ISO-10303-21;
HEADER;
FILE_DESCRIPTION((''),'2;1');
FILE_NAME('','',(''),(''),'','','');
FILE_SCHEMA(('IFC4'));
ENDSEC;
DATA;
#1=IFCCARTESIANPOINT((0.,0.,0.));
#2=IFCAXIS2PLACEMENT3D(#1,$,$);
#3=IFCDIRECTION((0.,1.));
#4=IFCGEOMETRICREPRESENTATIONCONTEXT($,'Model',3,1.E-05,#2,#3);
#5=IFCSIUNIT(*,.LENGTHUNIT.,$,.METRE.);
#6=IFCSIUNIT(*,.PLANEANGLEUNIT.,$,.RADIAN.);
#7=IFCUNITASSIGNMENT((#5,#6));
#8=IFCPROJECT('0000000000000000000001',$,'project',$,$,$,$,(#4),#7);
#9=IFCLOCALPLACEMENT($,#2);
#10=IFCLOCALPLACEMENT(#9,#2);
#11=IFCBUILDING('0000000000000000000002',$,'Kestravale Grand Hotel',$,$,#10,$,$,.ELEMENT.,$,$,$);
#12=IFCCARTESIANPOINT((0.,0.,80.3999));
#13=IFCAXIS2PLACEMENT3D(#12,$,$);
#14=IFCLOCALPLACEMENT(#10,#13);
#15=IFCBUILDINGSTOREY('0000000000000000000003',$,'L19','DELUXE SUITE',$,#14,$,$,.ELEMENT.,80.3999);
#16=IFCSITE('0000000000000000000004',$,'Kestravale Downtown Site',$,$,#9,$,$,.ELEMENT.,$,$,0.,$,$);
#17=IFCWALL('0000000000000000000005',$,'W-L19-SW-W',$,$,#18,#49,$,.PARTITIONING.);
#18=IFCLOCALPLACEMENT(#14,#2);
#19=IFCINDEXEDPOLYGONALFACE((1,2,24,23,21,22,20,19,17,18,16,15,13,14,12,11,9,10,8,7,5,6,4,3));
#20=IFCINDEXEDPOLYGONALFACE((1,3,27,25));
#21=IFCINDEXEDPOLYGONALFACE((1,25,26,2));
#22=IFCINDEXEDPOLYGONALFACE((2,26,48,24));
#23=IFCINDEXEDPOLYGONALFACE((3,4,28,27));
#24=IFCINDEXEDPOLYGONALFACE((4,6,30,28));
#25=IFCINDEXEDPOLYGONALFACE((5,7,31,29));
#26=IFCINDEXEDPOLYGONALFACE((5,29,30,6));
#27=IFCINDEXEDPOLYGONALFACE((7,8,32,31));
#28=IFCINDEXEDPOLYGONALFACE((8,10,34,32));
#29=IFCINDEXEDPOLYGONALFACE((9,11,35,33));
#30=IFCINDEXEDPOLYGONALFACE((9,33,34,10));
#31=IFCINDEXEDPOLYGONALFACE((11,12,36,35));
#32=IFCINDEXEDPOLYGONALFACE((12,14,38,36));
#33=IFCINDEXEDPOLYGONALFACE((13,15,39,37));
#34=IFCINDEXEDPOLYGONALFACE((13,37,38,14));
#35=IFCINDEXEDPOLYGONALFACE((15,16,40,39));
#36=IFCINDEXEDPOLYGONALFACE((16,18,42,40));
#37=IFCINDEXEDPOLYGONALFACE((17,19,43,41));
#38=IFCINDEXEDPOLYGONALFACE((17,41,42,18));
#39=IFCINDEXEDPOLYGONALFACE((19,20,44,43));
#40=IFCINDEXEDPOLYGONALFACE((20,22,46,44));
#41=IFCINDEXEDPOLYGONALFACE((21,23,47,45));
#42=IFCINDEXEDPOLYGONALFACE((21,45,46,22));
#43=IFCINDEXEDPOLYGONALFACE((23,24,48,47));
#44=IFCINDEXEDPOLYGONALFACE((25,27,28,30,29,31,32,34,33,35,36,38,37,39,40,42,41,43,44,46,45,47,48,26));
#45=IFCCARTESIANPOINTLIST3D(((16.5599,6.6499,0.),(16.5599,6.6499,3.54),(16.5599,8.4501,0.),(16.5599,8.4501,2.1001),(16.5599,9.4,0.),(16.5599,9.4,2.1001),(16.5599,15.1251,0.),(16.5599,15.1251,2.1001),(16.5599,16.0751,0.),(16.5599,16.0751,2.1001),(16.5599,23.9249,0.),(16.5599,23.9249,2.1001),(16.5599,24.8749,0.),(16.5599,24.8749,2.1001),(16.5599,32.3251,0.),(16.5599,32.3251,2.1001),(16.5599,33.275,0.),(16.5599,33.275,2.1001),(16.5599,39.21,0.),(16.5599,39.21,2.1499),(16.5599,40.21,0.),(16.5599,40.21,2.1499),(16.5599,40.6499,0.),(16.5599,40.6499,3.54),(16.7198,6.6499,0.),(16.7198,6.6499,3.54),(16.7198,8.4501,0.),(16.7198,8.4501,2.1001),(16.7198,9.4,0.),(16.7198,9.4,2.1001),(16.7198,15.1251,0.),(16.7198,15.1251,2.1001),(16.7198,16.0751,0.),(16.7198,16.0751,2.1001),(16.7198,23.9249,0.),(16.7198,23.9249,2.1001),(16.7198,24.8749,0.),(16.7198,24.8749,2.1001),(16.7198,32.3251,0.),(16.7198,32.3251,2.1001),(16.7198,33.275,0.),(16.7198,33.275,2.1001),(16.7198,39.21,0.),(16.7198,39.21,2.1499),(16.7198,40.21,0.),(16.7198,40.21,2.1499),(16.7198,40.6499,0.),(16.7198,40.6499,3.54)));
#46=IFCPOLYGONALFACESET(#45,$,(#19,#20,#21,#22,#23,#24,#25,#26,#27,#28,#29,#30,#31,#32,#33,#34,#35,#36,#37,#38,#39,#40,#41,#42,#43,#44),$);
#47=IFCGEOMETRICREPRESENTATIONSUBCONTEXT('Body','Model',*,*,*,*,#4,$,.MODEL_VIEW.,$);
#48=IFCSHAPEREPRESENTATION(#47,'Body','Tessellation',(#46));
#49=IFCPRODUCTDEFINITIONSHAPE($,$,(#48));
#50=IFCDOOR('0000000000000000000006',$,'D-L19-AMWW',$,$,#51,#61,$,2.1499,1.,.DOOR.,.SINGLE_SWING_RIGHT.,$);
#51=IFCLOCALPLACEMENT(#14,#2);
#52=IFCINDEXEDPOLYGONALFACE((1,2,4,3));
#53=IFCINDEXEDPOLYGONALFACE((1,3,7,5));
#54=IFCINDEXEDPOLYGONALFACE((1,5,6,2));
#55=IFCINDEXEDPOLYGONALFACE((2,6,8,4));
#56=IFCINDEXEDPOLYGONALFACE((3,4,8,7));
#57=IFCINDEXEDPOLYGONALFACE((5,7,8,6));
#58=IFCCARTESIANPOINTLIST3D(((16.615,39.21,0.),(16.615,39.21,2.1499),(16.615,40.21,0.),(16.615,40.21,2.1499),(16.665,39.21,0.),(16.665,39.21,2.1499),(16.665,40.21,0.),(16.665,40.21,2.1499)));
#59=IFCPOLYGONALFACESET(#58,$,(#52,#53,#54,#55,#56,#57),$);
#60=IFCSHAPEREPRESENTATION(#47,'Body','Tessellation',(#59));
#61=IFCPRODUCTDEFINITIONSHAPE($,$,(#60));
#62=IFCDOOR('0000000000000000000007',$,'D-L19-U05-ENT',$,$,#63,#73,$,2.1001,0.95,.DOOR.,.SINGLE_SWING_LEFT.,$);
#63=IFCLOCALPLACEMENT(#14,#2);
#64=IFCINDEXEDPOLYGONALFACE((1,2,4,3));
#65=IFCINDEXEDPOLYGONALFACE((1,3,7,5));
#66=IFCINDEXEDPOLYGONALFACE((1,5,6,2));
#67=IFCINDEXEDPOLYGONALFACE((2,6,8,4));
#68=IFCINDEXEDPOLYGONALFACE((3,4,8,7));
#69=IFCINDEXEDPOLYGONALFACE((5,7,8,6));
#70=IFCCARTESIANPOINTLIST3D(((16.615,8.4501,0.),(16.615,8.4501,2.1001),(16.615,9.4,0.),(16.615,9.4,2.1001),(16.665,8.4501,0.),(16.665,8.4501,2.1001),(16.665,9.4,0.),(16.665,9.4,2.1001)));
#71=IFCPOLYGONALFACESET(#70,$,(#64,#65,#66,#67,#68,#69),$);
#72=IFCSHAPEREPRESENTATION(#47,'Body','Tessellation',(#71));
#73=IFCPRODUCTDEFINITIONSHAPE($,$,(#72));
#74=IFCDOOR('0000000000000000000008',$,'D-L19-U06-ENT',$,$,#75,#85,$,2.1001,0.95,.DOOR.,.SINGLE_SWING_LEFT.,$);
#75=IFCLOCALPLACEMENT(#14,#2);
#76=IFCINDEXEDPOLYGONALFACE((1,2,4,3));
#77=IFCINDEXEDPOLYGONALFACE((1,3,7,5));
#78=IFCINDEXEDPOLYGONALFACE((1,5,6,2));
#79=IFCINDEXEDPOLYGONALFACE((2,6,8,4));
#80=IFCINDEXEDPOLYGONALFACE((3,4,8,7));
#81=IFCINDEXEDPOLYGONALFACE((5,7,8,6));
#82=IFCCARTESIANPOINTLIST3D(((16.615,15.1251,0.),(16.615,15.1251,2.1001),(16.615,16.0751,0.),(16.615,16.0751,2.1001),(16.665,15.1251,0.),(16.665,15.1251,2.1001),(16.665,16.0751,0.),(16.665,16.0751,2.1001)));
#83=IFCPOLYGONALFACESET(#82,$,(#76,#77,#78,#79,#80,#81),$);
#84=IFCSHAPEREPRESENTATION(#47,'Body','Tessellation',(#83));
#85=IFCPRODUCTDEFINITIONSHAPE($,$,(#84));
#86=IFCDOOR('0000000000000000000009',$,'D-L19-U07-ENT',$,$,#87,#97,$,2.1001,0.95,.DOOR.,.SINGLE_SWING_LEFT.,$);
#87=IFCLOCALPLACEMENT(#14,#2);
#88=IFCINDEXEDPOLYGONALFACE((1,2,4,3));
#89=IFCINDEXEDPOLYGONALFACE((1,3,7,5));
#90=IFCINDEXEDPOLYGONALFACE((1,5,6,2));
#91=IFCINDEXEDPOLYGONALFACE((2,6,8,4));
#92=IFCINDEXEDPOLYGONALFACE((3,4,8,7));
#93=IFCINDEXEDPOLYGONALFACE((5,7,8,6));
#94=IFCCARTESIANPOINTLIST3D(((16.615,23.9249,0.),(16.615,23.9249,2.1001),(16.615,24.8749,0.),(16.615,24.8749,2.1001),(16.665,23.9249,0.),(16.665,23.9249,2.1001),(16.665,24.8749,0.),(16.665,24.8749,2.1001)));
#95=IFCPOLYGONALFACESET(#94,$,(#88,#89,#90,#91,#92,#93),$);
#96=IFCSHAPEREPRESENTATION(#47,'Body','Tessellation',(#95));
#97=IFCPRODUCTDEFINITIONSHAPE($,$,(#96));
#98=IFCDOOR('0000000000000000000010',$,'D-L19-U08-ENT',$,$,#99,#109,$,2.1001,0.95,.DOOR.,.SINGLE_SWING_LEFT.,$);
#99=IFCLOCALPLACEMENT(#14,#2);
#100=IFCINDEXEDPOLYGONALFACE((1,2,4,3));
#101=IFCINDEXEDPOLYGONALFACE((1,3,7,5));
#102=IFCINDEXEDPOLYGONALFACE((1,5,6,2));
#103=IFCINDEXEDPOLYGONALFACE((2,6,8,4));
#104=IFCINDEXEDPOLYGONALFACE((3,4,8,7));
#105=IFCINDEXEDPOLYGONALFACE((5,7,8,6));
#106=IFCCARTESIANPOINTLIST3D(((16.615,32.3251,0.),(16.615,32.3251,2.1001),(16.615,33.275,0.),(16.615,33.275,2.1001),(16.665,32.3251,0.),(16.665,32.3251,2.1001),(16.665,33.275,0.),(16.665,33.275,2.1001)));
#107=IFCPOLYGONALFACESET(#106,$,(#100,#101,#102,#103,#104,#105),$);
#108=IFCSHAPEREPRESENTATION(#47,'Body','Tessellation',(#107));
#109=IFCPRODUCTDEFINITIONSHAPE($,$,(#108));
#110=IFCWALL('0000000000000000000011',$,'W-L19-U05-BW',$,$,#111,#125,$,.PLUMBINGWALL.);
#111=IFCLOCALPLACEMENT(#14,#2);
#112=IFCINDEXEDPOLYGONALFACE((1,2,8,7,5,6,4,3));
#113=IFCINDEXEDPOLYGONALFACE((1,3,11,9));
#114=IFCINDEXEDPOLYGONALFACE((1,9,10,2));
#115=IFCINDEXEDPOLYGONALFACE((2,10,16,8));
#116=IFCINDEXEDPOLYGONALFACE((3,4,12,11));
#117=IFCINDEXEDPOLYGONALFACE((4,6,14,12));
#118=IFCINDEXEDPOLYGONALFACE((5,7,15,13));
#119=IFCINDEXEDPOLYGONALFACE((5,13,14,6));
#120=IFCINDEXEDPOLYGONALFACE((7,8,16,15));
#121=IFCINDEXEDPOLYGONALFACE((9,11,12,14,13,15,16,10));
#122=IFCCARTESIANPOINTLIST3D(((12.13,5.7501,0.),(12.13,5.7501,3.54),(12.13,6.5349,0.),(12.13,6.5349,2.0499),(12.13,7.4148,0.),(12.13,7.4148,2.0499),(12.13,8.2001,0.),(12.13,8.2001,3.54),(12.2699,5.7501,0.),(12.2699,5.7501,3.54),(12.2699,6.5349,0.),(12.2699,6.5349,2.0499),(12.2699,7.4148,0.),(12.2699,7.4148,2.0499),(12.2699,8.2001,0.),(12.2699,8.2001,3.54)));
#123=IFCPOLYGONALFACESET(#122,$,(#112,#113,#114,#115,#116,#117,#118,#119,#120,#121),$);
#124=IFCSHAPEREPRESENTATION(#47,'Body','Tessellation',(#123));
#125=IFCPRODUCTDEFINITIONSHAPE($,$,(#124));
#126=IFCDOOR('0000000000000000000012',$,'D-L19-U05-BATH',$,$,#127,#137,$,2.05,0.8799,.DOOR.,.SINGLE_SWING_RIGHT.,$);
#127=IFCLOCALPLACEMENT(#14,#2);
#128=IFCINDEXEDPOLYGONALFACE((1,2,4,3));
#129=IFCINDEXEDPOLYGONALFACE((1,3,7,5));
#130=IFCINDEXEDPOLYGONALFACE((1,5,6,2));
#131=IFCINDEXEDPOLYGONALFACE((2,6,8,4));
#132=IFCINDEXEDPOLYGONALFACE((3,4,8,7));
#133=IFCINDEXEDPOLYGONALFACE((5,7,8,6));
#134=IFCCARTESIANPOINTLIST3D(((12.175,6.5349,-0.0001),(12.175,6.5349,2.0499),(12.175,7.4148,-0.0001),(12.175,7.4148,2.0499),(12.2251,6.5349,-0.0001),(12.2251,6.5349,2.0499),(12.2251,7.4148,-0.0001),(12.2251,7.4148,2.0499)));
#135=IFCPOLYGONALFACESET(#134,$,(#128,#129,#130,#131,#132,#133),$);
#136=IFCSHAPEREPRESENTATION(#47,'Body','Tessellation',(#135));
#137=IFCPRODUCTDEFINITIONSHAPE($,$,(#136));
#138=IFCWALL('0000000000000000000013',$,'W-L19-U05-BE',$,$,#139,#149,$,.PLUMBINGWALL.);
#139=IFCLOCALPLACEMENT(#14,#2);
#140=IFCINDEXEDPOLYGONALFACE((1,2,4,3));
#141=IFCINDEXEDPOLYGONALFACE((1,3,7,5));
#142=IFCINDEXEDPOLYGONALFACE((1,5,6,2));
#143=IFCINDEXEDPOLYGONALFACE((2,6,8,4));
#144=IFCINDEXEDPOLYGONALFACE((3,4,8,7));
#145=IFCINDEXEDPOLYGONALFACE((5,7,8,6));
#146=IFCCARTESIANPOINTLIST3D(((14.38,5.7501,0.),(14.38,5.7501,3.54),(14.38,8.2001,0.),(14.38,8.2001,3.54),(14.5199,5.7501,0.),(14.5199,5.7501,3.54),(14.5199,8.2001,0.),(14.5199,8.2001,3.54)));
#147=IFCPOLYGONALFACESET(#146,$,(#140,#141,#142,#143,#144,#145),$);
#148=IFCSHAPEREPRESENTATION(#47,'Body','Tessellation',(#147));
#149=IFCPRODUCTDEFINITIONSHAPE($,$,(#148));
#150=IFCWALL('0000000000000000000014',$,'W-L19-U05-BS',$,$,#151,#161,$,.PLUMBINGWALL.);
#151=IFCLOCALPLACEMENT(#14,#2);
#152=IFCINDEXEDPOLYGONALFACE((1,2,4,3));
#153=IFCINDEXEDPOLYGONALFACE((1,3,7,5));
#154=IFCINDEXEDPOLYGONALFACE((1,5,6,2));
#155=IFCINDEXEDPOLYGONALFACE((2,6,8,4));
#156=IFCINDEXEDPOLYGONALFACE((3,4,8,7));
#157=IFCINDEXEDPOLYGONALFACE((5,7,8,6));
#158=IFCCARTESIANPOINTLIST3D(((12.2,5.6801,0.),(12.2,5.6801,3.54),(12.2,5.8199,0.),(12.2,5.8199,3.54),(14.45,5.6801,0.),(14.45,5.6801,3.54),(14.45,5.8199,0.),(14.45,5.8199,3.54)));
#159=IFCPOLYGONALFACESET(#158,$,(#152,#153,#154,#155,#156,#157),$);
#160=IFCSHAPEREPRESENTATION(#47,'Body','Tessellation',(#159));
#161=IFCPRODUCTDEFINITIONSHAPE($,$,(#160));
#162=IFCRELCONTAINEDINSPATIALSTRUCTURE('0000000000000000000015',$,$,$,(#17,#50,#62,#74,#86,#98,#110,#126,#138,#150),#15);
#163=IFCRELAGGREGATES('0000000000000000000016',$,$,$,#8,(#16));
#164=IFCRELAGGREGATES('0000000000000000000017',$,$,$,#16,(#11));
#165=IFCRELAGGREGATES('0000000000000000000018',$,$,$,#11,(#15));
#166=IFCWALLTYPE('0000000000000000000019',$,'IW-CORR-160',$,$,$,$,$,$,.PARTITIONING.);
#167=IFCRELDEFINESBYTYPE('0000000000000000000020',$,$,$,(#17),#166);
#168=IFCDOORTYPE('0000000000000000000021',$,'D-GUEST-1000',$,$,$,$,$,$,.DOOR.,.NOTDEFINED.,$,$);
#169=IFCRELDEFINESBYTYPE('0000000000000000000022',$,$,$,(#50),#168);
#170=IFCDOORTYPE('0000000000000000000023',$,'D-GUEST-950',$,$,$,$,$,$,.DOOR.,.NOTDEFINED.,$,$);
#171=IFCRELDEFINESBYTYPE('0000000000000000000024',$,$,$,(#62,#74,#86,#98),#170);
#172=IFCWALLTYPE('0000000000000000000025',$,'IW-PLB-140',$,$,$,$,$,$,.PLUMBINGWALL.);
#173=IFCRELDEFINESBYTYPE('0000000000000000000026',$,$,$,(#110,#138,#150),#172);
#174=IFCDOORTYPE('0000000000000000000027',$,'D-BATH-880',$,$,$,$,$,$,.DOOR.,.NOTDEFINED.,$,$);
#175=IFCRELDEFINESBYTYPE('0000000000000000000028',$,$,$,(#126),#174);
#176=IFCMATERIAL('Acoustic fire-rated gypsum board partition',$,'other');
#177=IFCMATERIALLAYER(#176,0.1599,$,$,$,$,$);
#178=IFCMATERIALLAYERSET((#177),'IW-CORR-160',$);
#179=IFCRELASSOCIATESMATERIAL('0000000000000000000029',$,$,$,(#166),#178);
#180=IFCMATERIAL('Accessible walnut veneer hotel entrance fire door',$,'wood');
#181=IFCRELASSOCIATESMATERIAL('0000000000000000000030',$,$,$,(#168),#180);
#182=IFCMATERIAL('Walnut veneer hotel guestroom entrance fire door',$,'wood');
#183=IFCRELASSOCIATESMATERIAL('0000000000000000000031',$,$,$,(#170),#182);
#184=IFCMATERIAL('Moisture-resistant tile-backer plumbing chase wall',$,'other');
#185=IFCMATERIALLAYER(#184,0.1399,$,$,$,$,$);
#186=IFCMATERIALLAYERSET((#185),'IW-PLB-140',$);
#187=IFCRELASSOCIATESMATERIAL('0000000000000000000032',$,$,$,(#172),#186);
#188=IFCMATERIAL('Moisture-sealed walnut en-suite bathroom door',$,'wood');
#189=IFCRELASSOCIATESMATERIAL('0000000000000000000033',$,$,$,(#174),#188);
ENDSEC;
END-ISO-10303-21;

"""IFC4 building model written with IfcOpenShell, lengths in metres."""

from ifc_helpers import new_model, si_unit, direction, frame, frame_2d, origin, place, context, subcontext, project, spatial, rectangle, extrude, material, layer, layer_set, type_object, element, fill, save


model = new_model("IFC4")

# Units and contexts
model_context = context("Model", 3, precision=1e-05, world=origin(), true_north=direction((0.0, 1.0)))
body_context = subcontext(model_context, "Body", "Model", "MODEL_VIEW")
ifc_project = project(units=[si_unit("LENGTHUNIT", "METRE"), si_unit("PLANEANGLEUNIT", "RADIAN")], contexts=[model_context])

# Site, building, storey
site_placement = place(None, origin())
site = spatial("IfcSite", under=ifc_project, at=site_placement, Name="Kestravale Downtown Site", CompositionType="ELEMENT", RefElevation=0.0)
building_placement = place(site_placement, origin())
building = spatial("IfcBuilding", under=site, at=building_placement, Name="Kestravale Grand Hotel", CompositionType="ELEMENT")
storey_placement = place(building_placement, frame((0.0, 0.0, 80.3999)))
storey = spatial("IfcBuildingStorey", under=building, at=storey_placement, Name="L19", Description="DELUXE SUITE", CompositionType="ELEMENT", Elevation=80.3999)

# Wall, openings, doors
ifc_material_1 = material(Name="Acoustic fire-rated gypsum board partition", Category="other")
ifc_layer_1 = layer(ifc_material_1, 0.1599)
ifc_layer_set_1 = layer_set([ifc_layer_1], Name="IW-CORR-160")
wall_type_1 = type_object("IfcWallType", Name="IW-CORR-160", PredefinedType="PARTITIONING", material=ifc_layer_set_1)
wall_1_placement = place(storey_placement, frame((16.6399, 6.6499, 0.0), z_axis=(0.0, 0.0, 1.0), x_axis=(0.0, 1.0, 0.0)))
wall_1 = element("IfcWall", 1, at=wall_1_placement, inside=storey, type_object=wall_type_1, Name="W-L19-SW-W", PredefinedType="PARTITIONING", context=body_context, shape_type="SweptSolid", body=[
    extrude(rectangle(XDim=34.0, YDim=0.1599, at=frame_2d((17.0, 0.0))), origin(), (0.0, 0.0, 1.0), 3.54),
])
opening_1_placement = place(wall_1_placement, frame((1.8, 0.0, 0.0)))
opening_1 = element("IfcOpeningElement", 2, at=opening_1_placement, cuts=wall_1, PredefinedType="OPENING", context=body_context, shape_type="SweptSolid", body=[
    extrude(rectangle(XDim=0.95, YDim=2.1001, at=frame_2d((0.4751, 1.05))), frame((0.0, 0.0898, 0.0), z_axis=(0.0, -1.0, 0.0), x_axis=(1.0, 0.0, 0.0)), (0.0, 0.0, 1.0), 0.1799),
])
opening_2_placement = place(wall_1_placement, frame((8.4751, 0.0, 0.0)))
opening_2 = element("IfcOpeningElement", 3, at=opening_2_placement, cuts=wall_1, PredefinedType="OPENING", context=body_context, shape_type="SweptSolid", body=[
    extrude(rectangle(XDim=0.95, YDim=2.1001, at=frame_2d((0.4751, 1.05))), frame((0.0, 0.0898, 0.0), z_axis=(0.0, -1.0, 0.0), x_axis=(1.0, 0.0, 0.0)), (0.0, 0.0, 1.0), 0.1799),
])
opening_3_placement = place(wall_1_placement, frame((17.2749, 0.0, 0.0)))
opening_3 = element("IfcOpeningElement", 4, at=opening_3_placement, cuts=wall_1, PredefinedType="OPENING", context=body_context, shape_type="SweptSolid", body=[
    extrude(rectangle(XDim=0.95, YDim=2.1001, at=frame_2d((0.4751, 1.05))), frame((0.0, 0.0898, 0.0), z_axis=(0.0, -1.0, 0.0), x_axis=(1.0, 0.0, 0.0)), (0.0, 0.0, 1.0), 0.1799),
])
opening_4_placement = place(wall_1_placement, frame((25.675, 0.0, 0.0)))
opening_4 = element("IfcOpeningElement", 5, at=opening_4_placement, cuts=wall_1, PredefinedType="OPENING", context=body_context, shape_type="SweptSolid", body=[
    extrude(rectangle(XDim=0.95, YDim=2.1001, at=frame_2d((0.4751, 1.05))), frame((0.0, 0.0898, 0.0), z_axis=(0.0, -1.0, 0.0), x_axis=(1.0, 0.0, 0.0)), (0.0, 0.0, 1.0), 0.1799),
])
opening_5_placement = place(wall_1_placement, frame((32.5601, 0.0, 0.0)))
opening_5 = element("IfcOpeningElement", 6, at=opening_5_placement, cuts=wall_1, PredefinedType="OPENING", context=body_context, shape_type="SweptSolid", body=[
    extrude(rectangle(XDim=1.0, YDim=2.1499, at=frame_2d((0.5, 1.075))), frame((0.0, 0.0898, 0.0), z_axis=(0.0, -1.0, 0.0), x_axis=(1.0, 0.0, 0.0)), (0.0, 0.0, 1.0), 0.1799),
])
ifc_material_2 = material(Name="Accessible walnut veneer hotel entrance fire door", Category="wood")
door_type_1 = type_object("IfcDoorType", Name="D-GUEST-1000", OperationType="NOTDEFINED", PredefinedType="DOOR", material=ifc_material_2)
door_1_placement = place(opening_5_placement, origin())
door_1 = element("IfcDoor", 7, at=door_1_placement, inside=storey, type_object=door_type_1, Name="D-L19-AMWW", OperationType="SINGLE_SWING_RIGHT", OverallHeight=2.1499, OverallWidth=1.0, PredefinedType="DOOR", context=body_context, shape_type="SweptSolid", body=[
    extrude(rectangle(XDim=1.0, YDim=2.1499, at=frame_2d((0.5, 1.075))), frame((0.0, 0.0249, 0.0), z_axis=(0.0, -1.0, 0.0), x_axis=(1.0, 0.0, 0.0)), (0.0, 0.0, 1.0), 0.05),
])
fill(opening_5, door_1)
ifc_material_3 = material(Name="Walnut veneer hotel guestroom entrance fire door", Category="wood")
door_type_2 = type_object("IfcDoorType", Name="D-GUEST-950", OperationType="NOTDEFINED", PredefinedType="DOOR", material=ifc_material_3)
door_2_placement = place(opening_1_placement, origin())
door_2 = element("IfcDoor", 8, at=door_2_placement, inside=storey, type_object=door_type_2, Name="D-L19-U05-ENT", OperationType="SINGLE_SWING_LEFT", OverallHeight=2.1001, OverallWidth=0.95, PredefinedType="DOOR", context=body_context, shape_type="SweptSolid", body=[
    extrude(rectangle(XDim=0.95, YDim=2.1001, at=frame_2d((0.4751, 1.05))), frame((0.0, 0.0249, 0.0), z_axis=(0.0, -1.0, 0.0), x_axis=(1.0, 0.0, 0.0)), (0.0, 0.0, 1.0), 0.05),
])
fill(opening_1, door_2)
door_3_placement = place(opening_2_placement, origin())
door_3 = element("IfcDoor", 9, at=door_3_placement, inside=storey, type_object=door_type_2, Name="D-L19-U06-ENT", OperationType="SINGLE_SWING_LEFT", OverallHeight=2.1001, OverallWidth=0.95, PredefinedType="DOOR", context=body_context, shape_type="SweptSolid", body=[
    extrude(rectangle(XDim=0.95, YDim=2.1001, at=frame_2d((0.4751, 1.05))), frame((0.0, 0.0249, 0.0), z_axis=(0.0, -1.0, 0.0), x_axis=(1.0, 0.0, 0.0)), (0.0, 0.0, 1.0), 0.05),
])
fill(opening_2, door_3)
door_4_placement = place(opening_3_placement, origin())
door_4 = element("IfcDoor", 10, at=door_4_placement, inside=storey, type_object=door_type_2, Name="D-L19-U07-ENT", OperationType="SINGLE_SWING_LEFT", OverallHeight=2.1001, OverallWidth=0.95, PredefinedType="DOOR", context=body_context, shape_type="SweptSolid", body=[
    extrude(rectangle(XDim=0.95, YDim=2.1001, at=frame_2d((0.4751, 1.05))), frame((0.0, 0.0249, 0.0), z_axis=(0.0, -1.0, 0.0), x_axis=(1.0, 0.0, 0.0)), (0.0, 0.0, 1.0), 0.05),
])
fill(opening_3, door_4)
door_5_placement = place(opening_4_placement, origin())
door_5 = element("IfcDoor", 11, at=door_5_placement, inside=storey, type_object=door_type_2, Name="D-L19-U08-ENT", OperationType="SINGLE_SWING_LEFT", OverallHeight=2.1001, OverallWidth=0.95, PredefinedType="DOOR", context=body_context, shape_type="SweptSolid", body=[
    extrude(rectangle(XDim=0.95, YDim=2.1001, at=frame_2d((0.4751, 1.05))), frame((0.0, 0.0249, 0.0), z_axis=(0.0, -1.0, 0.0), x_axis=(1.0, 0.0, 0.0)), (0.0, 0.0, 1.0), 0.05),
])
fill(opening_4, door_5)

# Wall, opening, door
ifc_material_4 = material(Name="Moisture-resistant tile-backer plumbing chase wall", Category="other")
ifc_layer_2 = layer(ifc_material_4, 0.1399)
ifc_layer_set_2 = layer_set([ifc_layer_2], Name="IW-PLB-140")
wall_type_2 = type_object("IfcWallType", Name="IW-PLB-140", PredefinedType="PLUMBINGWALL", material=ifc_layer_set_2)
wall_2_placement = place(storey_placement, frame((12.2, 5.75, 0.0), z_axis=(0.0, 0.0, 1.0), x_axis=(0.0, 1.0, 0.0)))
wall_2 = element("IfcWall", 12, at=wall_2_placement, inside=storey, type_object=wall_type_2, Name="W-L19-U05-BW", PredefinedType="PLUMBINGWALL", context=body_context, shape_type="SweptSolid", body=[
    extrude(rectangle(XDim=2.45, YDim=0.1399, at=frame_2d((1.2251, 0.0))), origin(), (0.0, 0.0, 1.0), 3.54),
])
opening_6_placement = place(wall_2_placement, frame((0.7849, 0.0, 0.0)))
opening_6 = element("IfcOpeningElement", 13, at=opening_6_placement, cuts=wall_2, PredefinedType="OPENING", context=body_context, shape_type="SweptSolid", body=[
    extrude(rectangle(XDim=0.8799, YDim=2.05, at=frame_2d((0.4399, 1.0249))), frame((0.0, 0.0798, 0.0), z_axis=(0.0, -1.0, 0.0), x_axis=(1.0, 0.0, 0.0)), (0.0, 0.0, 1.0), 0.1599),
])
ifc_material_5 = material(Name="Moisture-sealed walnut en-suite bathroom door", Category="wood")
door_type_3 = type_object("IfcDoorType", Name="D-BATH-880", OperationType="NOTDEFINED", PredefinedType="DOOR", material=ifc_material_5)
door_6_placement = place(opening_6_placement, origin())
door_6 = element("IfcDoor", 14, at=door_6_placement, inside=storey, type_object=door_type_3, Name="D-L19-U05-BATH", OperationType="SINGLE_SWING_RIGHT", OverallHeight=2.05, OverallWidth=0.8799, PredefinedType="DOOR", context=body_context, shape_type="SweptSolid", body=[
    extrude(rectangle(XDim=0.8799, YDim=2.05, at=frame_2d((0.4399, 1.0249))), frame((0.0, 0.0249, 0.0), z_axis=(0.0, -1.0, 0.0), x_axis=(1.0, 0.0, 0.0)), (0.0, 0.0, 1.0), 0.05),
])
fill(opening_6, door_6)

# Walls
wall_3_placement = place(storey_placement, frame((14.45, 5.75, 0.0), z_axis=(0.0, 0.0, 1.0), x_axis=(0.0, 1.0, 0.0)))
element("IfcWall", 15, at=wall_3_placement, inside=storey, type_object=wall_type_2, Name="W-L19-U05-BE", PredefinedType="PLUMBINGWALL", context=body_context, shape_type="SweptSolid", body=[
    extrude(rectangle(XDim=2.45, YDim=0.1399, at=frame_2d((1.2251, 0.0))), origin(), (0.0, 0.0, 1.0), 3.54),
])
for number, where, z_axis, x_axis, name in (
    (16, (12.2, 5.75, 0.0), (0.0, 0.0, 1.0), (1.0, 0.0, 0.0), "W-L19-U05-BS"),
):
    element("IfcWall", number, at=place(storey_placement, frame(where, z_axis=z_axis, x_axis=x_axis)), inside=storey, type_object=wall_type_2, Name=name, PredefinedType="PLUMBINGWALL", context=body_context, shape_type="SweptSolid", body=[
        extrude(rectangle(XDim=2.25, YDim=0.1399, at=frame_2d((1.125, 0.0))), origin(), (0.0, 0.0, 1.0), 3.54),
    ])

save(model, "model.ifc")
